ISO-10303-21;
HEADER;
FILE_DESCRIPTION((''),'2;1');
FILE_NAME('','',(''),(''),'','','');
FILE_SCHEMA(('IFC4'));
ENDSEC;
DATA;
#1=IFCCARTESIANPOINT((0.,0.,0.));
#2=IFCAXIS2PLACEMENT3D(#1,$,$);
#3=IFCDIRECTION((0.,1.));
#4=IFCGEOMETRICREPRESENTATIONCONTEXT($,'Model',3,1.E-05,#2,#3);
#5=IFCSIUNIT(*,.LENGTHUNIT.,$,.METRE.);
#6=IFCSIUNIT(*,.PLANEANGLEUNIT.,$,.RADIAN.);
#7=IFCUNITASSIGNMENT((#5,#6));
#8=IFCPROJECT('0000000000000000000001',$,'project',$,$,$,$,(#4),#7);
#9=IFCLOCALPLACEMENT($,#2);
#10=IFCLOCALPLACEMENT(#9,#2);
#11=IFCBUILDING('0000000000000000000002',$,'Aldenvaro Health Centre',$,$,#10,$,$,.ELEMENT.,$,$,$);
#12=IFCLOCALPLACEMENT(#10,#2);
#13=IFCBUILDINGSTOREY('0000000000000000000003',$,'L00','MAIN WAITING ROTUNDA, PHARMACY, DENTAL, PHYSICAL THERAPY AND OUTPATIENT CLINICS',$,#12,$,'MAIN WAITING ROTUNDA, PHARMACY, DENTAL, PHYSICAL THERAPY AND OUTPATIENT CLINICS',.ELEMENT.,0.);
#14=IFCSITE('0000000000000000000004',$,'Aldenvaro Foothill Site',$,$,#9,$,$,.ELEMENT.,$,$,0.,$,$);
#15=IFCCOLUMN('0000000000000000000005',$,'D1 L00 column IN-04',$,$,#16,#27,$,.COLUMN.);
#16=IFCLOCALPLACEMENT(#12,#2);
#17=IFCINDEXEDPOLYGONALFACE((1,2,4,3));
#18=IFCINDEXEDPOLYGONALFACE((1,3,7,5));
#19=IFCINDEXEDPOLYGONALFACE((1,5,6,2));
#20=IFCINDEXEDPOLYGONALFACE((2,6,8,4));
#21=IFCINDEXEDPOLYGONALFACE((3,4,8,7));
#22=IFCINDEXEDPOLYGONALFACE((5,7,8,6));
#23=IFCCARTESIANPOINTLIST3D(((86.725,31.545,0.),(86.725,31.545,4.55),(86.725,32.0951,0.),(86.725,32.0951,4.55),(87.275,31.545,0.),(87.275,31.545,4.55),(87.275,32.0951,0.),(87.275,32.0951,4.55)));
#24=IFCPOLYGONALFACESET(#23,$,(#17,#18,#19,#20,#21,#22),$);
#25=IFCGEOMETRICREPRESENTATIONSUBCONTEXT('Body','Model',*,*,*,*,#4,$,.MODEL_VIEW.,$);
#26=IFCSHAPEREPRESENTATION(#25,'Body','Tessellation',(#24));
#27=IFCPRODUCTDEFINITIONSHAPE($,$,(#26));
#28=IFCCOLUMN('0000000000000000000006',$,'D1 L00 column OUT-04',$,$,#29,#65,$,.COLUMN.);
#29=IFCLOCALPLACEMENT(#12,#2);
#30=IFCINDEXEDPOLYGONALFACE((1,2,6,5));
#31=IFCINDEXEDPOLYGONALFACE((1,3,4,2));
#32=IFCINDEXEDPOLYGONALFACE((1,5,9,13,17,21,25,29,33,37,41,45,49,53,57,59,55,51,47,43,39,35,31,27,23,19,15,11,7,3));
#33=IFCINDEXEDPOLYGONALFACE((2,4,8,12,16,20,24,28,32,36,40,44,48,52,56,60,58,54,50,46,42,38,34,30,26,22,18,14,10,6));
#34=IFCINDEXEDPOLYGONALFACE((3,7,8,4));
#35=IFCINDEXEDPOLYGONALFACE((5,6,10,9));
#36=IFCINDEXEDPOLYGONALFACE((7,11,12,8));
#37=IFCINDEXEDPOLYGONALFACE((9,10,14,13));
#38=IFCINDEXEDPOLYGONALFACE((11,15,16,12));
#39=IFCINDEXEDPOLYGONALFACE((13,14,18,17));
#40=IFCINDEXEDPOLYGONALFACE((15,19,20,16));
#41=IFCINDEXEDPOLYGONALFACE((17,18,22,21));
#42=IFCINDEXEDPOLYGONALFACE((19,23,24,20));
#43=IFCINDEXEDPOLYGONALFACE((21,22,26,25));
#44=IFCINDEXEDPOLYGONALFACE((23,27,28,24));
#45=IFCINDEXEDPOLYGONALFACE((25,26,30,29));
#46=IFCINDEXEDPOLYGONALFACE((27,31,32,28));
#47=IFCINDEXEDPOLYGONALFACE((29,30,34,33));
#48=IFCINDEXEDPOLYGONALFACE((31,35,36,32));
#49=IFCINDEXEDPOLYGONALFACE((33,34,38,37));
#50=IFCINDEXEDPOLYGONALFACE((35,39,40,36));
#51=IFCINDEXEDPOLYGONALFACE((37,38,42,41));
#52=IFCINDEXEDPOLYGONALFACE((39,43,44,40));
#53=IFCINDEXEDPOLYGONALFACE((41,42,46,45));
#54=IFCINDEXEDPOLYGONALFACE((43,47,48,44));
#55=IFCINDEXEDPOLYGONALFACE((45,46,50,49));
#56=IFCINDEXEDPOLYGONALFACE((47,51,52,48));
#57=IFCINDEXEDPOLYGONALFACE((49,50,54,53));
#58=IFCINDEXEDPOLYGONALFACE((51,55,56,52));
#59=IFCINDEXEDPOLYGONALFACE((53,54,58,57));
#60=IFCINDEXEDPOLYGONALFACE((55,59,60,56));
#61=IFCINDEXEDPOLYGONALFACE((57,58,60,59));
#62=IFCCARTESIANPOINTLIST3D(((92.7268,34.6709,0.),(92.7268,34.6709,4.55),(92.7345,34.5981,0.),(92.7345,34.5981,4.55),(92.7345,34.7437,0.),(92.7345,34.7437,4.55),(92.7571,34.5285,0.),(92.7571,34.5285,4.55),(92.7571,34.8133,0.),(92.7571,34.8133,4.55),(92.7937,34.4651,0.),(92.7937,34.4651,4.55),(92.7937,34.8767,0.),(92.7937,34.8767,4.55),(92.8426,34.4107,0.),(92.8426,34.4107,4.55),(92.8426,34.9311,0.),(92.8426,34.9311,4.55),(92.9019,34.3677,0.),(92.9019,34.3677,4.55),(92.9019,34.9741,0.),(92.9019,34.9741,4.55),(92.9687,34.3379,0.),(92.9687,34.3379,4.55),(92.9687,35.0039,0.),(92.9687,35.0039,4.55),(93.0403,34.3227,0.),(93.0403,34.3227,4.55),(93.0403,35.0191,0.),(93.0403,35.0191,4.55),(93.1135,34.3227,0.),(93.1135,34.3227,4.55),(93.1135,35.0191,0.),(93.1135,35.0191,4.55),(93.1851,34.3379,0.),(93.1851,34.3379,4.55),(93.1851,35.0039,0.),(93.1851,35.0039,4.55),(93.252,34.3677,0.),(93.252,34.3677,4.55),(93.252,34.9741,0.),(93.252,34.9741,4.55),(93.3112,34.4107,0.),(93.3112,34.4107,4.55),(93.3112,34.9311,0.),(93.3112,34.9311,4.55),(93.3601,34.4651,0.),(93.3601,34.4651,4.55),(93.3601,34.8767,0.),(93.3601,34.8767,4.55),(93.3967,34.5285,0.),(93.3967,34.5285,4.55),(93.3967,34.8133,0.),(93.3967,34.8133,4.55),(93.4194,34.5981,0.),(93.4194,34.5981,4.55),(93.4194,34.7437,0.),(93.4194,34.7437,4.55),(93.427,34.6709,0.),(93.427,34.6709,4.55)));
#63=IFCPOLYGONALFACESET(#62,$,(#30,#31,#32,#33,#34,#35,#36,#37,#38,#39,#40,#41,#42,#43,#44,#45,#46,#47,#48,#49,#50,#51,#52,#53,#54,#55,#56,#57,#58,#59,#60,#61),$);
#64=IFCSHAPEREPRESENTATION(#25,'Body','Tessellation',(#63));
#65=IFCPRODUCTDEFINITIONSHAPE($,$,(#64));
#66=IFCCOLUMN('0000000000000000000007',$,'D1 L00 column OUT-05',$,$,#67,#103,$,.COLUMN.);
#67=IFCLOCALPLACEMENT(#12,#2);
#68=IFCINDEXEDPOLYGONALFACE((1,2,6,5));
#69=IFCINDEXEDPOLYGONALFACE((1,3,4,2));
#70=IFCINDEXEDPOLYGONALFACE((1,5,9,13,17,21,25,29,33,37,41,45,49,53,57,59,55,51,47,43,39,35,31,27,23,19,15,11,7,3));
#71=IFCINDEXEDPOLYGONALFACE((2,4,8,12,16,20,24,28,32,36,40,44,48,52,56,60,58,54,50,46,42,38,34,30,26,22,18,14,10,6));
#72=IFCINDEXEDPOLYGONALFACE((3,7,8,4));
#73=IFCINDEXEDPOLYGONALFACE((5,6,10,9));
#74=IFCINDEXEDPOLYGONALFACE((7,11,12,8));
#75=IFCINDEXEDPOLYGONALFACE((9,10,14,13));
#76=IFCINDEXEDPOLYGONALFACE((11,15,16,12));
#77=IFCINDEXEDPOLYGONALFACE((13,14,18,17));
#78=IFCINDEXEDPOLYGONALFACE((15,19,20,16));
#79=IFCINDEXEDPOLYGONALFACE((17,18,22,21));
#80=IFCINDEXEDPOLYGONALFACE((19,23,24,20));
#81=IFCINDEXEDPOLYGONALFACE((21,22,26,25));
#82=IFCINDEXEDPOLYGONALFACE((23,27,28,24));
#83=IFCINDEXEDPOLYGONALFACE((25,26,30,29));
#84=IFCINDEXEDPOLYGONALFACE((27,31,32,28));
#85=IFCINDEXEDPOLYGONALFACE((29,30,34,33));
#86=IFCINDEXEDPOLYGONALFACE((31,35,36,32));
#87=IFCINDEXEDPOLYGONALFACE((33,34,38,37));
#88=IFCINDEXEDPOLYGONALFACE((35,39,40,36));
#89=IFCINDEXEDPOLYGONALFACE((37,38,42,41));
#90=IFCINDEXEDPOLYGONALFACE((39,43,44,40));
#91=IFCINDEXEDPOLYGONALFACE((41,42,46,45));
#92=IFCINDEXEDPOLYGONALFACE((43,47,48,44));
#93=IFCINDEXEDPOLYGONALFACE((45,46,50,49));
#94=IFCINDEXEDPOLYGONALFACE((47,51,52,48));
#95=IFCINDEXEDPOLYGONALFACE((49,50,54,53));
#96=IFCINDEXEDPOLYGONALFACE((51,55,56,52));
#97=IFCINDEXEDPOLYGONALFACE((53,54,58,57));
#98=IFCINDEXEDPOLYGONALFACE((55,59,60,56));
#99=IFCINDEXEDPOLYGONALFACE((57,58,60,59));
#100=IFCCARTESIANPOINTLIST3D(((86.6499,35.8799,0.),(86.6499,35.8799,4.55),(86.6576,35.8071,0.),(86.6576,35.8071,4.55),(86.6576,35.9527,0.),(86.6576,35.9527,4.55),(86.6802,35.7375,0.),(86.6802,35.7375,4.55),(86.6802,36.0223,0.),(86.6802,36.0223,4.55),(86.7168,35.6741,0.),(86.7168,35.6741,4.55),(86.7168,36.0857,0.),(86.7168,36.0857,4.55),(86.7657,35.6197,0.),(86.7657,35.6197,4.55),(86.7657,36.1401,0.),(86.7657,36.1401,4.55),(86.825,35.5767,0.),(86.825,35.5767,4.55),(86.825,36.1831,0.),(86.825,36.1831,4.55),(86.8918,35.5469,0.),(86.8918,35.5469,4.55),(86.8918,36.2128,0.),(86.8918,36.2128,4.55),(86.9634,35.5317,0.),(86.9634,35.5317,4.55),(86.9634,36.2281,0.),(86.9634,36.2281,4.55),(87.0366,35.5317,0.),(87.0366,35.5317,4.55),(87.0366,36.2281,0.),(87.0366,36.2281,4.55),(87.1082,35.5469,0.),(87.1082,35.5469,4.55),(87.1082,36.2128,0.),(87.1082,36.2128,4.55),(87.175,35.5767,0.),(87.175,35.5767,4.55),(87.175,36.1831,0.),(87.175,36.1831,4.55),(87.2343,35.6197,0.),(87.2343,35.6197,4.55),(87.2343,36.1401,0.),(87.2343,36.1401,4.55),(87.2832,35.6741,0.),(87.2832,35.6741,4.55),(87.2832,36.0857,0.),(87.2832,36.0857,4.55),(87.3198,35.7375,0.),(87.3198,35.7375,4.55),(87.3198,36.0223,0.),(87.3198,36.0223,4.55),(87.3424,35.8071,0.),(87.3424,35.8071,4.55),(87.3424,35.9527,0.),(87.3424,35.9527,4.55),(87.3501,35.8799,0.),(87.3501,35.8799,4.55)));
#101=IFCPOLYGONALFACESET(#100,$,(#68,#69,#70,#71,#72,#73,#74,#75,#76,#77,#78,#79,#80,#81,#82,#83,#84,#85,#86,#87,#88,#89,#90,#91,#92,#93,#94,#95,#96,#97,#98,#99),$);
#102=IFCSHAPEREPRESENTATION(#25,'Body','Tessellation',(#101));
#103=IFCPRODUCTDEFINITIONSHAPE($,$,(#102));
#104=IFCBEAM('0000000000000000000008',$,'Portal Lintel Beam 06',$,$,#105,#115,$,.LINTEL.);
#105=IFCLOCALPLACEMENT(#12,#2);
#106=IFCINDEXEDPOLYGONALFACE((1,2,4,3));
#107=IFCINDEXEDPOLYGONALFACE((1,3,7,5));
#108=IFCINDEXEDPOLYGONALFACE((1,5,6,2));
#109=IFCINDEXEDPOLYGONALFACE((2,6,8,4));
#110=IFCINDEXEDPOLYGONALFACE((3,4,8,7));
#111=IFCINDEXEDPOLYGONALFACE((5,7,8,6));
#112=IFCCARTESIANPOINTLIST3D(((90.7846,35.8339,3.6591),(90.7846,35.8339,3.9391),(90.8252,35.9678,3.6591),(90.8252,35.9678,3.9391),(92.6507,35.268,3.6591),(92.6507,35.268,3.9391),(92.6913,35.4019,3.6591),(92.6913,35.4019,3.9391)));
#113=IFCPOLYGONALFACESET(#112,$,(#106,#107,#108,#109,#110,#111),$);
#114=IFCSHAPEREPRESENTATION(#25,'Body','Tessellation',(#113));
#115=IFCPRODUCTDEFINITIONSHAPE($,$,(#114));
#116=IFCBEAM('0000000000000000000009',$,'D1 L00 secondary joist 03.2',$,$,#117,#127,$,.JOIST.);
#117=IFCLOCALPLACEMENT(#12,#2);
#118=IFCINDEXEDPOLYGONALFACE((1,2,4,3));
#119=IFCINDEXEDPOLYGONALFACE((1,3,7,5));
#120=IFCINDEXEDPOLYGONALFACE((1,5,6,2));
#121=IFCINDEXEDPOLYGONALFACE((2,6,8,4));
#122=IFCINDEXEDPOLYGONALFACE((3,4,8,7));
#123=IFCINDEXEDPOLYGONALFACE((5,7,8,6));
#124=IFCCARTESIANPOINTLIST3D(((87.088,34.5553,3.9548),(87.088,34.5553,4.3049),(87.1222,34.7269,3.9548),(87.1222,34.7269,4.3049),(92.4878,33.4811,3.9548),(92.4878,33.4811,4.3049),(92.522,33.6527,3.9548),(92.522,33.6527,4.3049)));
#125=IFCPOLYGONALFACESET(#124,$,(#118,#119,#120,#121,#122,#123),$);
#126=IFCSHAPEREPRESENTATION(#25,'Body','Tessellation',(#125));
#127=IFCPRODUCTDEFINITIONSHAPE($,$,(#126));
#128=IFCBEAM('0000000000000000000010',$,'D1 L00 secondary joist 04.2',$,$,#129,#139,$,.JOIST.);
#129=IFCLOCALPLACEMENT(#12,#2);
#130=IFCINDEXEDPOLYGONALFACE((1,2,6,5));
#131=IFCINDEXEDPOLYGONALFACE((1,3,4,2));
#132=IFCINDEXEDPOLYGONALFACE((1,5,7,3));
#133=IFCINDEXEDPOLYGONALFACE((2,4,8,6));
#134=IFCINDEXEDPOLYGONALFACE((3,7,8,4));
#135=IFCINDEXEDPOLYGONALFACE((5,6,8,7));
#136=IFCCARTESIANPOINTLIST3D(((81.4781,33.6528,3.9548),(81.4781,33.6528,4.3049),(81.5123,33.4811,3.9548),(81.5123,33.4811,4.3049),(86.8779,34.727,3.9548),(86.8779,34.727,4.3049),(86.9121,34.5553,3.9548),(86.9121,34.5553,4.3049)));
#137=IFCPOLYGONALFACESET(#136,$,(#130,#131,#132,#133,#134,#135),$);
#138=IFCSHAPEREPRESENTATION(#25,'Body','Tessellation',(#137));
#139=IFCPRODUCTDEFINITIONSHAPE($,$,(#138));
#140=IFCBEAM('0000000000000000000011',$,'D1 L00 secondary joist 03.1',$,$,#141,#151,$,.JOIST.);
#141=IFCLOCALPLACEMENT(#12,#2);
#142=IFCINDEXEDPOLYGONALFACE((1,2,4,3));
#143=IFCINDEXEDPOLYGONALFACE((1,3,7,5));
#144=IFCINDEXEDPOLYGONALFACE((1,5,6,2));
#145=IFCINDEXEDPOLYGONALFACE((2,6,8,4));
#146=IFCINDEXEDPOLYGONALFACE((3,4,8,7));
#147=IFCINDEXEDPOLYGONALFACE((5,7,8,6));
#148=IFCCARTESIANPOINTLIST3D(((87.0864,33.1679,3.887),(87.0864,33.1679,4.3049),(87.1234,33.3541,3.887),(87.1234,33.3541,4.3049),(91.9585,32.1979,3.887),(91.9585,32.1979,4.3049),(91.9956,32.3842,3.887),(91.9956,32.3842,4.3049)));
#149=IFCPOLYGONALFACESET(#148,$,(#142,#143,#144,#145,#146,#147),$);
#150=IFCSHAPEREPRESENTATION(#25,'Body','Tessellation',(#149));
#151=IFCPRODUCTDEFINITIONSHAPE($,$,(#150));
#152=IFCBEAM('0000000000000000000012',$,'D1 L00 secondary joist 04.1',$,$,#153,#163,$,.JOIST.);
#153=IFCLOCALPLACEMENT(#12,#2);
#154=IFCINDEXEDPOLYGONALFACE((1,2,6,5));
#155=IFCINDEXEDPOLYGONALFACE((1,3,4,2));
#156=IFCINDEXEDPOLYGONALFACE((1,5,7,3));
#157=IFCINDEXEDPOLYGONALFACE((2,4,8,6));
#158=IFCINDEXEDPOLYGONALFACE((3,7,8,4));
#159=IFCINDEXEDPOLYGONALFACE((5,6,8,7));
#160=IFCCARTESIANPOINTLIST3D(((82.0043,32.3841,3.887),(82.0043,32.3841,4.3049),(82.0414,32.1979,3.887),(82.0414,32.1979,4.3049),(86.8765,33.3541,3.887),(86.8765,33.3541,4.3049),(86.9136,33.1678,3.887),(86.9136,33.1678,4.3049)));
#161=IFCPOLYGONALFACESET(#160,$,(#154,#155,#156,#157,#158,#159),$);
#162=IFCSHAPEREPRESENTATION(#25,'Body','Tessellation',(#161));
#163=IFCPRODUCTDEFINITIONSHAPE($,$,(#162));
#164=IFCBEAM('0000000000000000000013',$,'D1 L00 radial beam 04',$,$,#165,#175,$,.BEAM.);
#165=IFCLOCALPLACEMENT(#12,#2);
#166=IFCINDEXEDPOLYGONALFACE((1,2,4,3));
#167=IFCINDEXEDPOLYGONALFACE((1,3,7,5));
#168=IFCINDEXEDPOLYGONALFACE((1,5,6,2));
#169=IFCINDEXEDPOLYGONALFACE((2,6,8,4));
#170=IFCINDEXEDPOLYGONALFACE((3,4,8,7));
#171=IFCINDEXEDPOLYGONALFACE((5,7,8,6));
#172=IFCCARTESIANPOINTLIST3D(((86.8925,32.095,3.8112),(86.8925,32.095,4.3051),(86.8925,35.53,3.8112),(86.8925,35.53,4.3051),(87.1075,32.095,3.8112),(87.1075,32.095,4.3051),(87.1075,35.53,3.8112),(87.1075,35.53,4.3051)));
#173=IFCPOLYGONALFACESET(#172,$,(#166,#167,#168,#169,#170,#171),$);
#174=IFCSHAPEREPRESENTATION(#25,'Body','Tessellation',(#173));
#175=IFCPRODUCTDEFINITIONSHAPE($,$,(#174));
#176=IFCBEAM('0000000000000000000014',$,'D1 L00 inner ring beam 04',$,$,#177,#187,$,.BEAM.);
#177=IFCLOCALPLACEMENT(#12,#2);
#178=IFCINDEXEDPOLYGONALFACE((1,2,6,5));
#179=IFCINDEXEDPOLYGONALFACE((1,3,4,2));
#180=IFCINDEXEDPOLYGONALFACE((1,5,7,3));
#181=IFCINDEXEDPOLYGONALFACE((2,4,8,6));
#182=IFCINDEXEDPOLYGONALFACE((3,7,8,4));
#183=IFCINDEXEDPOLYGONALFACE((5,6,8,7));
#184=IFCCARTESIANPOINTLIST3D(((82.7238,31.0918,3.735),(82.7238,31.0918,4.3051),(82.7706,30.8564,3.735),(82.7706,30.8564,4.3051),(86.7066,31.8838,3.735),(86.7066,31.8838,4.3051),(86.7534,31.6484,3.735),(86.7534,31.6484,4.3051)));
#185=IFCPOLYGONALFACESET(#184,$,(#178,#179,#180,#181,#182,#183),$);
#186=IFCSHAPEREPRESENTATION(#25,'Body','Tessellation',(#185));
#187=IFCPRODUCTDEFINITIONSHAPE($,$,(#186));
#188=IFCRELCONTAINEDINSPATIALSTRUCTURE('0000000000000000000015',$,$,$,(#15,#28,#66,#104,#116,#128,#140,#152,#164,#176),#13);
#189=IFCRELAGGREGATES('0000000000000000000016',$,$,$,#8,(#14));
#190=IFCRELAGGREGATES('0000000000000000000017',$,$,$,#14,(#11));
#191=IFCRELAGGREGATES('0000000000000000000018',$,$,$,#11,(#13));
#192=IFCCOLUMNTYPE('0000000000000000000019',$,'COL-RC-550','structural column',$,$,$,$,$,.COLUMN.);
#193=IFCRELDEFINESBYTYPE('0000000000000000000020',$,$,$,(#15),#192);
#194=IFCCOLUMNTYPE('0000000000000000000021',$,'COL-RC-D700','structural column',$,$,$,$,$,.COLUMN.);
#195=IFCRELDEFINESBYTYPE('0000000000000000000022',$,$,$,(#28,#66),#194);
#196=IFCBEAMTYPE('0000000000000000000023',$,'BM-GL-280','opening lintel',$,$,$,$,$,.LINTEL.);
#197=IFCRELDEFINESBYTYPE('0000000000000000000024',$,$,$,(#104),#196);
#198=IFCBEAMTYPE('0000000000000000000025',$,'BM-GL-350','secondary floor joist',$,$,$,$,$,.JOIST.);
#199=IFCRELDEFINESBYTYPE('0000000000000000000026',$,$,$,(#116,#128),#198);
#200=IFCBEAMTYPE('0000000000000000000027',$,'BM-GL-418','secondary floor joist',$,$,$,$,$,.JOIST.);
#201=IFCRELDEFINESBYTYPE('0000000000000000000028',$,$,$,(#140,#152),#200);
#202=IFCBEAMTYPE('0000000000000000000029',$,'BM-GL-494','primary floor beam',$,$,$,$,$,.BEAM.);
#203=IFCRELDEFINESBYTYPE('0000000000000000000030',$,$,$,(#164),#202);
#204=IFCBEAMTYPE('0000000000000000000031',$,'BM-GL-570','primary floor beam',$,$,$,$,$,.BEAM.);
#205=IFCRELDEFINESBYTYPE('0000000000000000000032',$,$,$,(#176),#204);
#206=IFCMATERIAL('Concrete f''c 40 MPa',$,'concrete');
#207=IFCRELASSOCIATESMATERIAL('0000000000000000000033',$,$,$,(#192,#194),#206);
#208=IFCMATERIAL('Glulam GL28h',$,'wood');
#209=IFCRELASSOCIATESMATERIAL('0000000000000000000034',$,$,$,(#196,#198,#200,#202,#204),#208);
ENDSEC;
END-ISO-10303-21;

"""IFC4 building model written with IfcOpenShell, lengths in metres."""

from ifc_helpers import new_model, si_unit, direction, frame, origin, origin_2d, place, context, subcontext, project, spatial, rectangle, circle, extrude, material, material_profile, profile_set, type_object, element, save


model = new_model("IFC4")

# Units and contexts
model_context = context("Model", 3, precision=1e-05, world=origin(), true_north=direction((0.0, 1.0)))
body_context = subcontext(model_context, "Body", "Model", "MODEL_VIEW")
ifc_project = project(units=[si_unit("LENGTHUNIT", "METRE"), si_unit("PLANEANGLEUNIT", "RADIAN")], contexts=[model_context])

# Site, building, storey
site_placement = place(None, origin())
site = spatial("IfcSite", under=ifc_project, at=site_placement, Name="Aldenvaro Foothill Site", CompositionType="ELEMENT", RefElevation=0.0)
building_placement = place(site_placement, origin())
building = spatial("IfcBuilding", under=site, at=building_placement, Name="Aldenvaro Health Centre", CompositionType="ELEMENT")
storey_placement = place(building_placement, origin())
storey = spatial("IfcBuildingStorey", under=building, at=storey_placement, Name="L00", Description="MAIN WAITING ROTUNDA, PHARMACY, DENTAL, PHYSICAL THERAPY AND OUTPATIENT CLINICS", LongName="MAIN WAITING ROTUNDA, PHARMACY, DENTAL, PHYSICAL THERAPY AND OUTPATIENT CLINICS", CompositionType="ELEMENT", Elevation=0.0)

# Columns
ifc_material_1 = material(Name="Concrete f'c 40 MPa", Category="concrete")
ifc_material_profile_1 = material_profile(ifc_material_1, rectangle(XDim=0.55, YDim=0.55, at=origin_2d()), Name="RC 550x550", Category="concrete")
ifc_profile_set_1 = profile_set([ifc_material_profile_1], Name="Concrete f'c 40 MPa")
column_type_1 = type_object("IfcColumnType", Name="COL-RC-550", Description="structural column", PredefinedType="COLUMN", material=ifc_profile_set_1)
column_placement = place(storey_placement, frame((87.0, 31.8201, 0.0), z_axis=(0.0, 0.0, 1.0), x_axis=(1.0, 0.0, 0.0)))
element("IfcColumn", 1, at=column_placement, inside=storey, type_object=column_type_1, Name="D1 L00 column IN-04", PredefinedType="COLUMN", context=body_context, shape_type="SweptSolid", body=[
    extrude(rectangle(XDim=0.55, YDim=0.55, at=origin_2d()), origin(), (0.0, 0.0, 1.0), 4.55),
])
ifc_material_profile_2 = material_profile(ifc_material_1, circle(Radius=0.3501, at=origin_2d()), Name="RC D700", Category="concrete")
ifc_profile_set_2 = profile_set([ifc_material_profile_2], Name="Concrete f'c 40 MPa")
column_type_2 = type_object("IfcColumnType", Name="COL-RC-D700", Description="structural column", PredefinedType="COLUMN", material=ifc_profile_set_2)
for number, where, z_axis, x_axis, name in (
    (2, (93.0769, 34.6709, 0.0), (0.0, 0.0, 1.0), (1.0, 0.0, 0.0), "D1 L00 column OUT-04"),
    (3, (87.0, 35.8799, 0.0), (0.0, 0.0, 1.0), (1.0, 0.0, 0.0), "D1 L00 column OUT-05"),
):
    element("IfcColumn", number, at=place(storey_placement, frame(where, z_axis=z_axis, x_axis=x_axis)), inside=storey, type_object=column_type_2, Name=name, PredefinedType="COLUMN", context=body_context, shape_type="SweptSolid", body=[
        extrude(circle(Radius=0.3501, at=origin_2d()), origin(), (0.0, 0.0, 1.0), 4.55),
    ])

# Beams
ifc_material_2 = material(Name="Glulam GL28h", Category="wood")
ifc_material_profile_3 = material_profile(ifc_material_2, rectangle(XDim=0.1399, YDim=0.28, at=origin_2d()), Name="GL 140x280", Category="wood")
ifc_profile_set_3 = profile_set([ifc_material_profile_3], Name="Glulam GL28h")
beam_type_1 = type_object("IfcBeamType", Name="BM-GL-280", Description="opening lintel", PredefinedType="LINTEL", material=ifc_profile_set_3)
beam_1_placement = place(storey_placement, frame((90.8049, 35.9009, 3.7991), z_axis=(0.956957, -0.29023, 0.0), x_axis=(0.29023, 0.956957, 0.0)))
element("IfcBeam", 4, at=beam_1_placement, inside=storey, type_object=beam_type_1, Name="Portal Lintel Beam 06", PredefinedType="LINTEL", context=body_context, shape_type="SweptSolid", body=[
    extrude(rectangle(XDim=0.1399, YDim=0.28, at=origin_2d()), origin(), (0.0, 0.0, 1.0), 1.95),
])
ifc_material_profile_4 = material_profile(ifc_material_2, rectangle(XDim=0.175, YDim=0.3501, at=origin_2d()), Name="GL 175x350", Category="wood")
ifc_profile_set_4 = profile_set([ifc_material_profile_4], Name="Glulam GL28h")
beam_type_2 = type_object("IfcBeamType", Name="BM-GL-350", Description="secondary floor joist", PredefinedType="JOIST", material=ifc_profile_set_4)
for number, where, z_axis, x_axis, name in (
    (5, (92.5049, 33.5669, 4.1299), (-0.980781, 0.19511, 0.0), (-0.19511, -0.980781, 0.0), "D1 L00 secondary joist 03.2"),
    (6, (86.895, 34.6411, 4.1299), (-0.980781, -0.19511, 0.0), (0.19511, -0.980781, 0.0), "D1 L00 secondary joist 04.2"),
):
    element("IfcBeam", number, at=place(storey_placement, frame(where, z_axis=z_axis, x_axis=x_axis)), inside=storey, type_object=beam_type_2, Name=name, PredefinedType="JOIST", context=body_context, shape_type="SweptSolid", body=[
        extrude(rectangle(XDim=0.175, YDim=0.3501, at=origin_2d()), origin(), (0.0, 0.0, 1.0), 5.5056),
    ])
ifc_material_profile_5 = material_profile(ifc_material_2, rectangle(XDim=0.1899, YDim=0.418, at=origin_2d()), Name="GL 190x418", Category="wood")
ifc_profile_set_5 = profile_set([ifc_material_profile_5], Name="Glulam GL28h")
beam_type_3 = type_object("IfcBeamType", Name="BM-GL-418", Description="secondary floor joist", PredefinedType="JOIST", material=ifc_profile_set_5)
for number, where, z_axis, x_axis, name in (
    (7, (91.9771, 32.291, 4.0959), (-0.980752, 0.195256, 0.0), (-0.195256, -0.980752, 0.0), "D1 L00 secondary joist 03.1"),
    (8, (86.895, 33.261, 4.0959), (-0.980752, -0.195256, 0.0), (0.195256, -0.980752, 0.0), "D1 L00 secondary joist 04.1"),
):
    element("IfcBeam", number, at=place(storey_placement, frame(where, z_axis=z_axis, x_axis=x_axis)), inside=storey, type_object=beam_type_3, Name=name, PredefinedType="JOIST", context=body_context, shape_type="SweptSolid", body=[
        extrude(rectangle(XDim=0.1899, YDim=0.418, at=origin_2d()), origin(), (0.0, 0.0, 1.0), 4.9678),
    ])
ifc_material_profile_6 = material_profile(ifc_material_2, rectangle(XDim=0.2151, YDim=0.4939, at=origin_2d()), Name="GL 215x494", Category="wood")
ifc_profile_set_6 = profile_set([ifc_material_profile_6], Name="Glulam GL28h")
beam_type_4 = type_object("IfcBeamType", Name="BM-GL-494", Description="primary floor beam", PredefinedType="BEAM", material=ifc_profile_set_6)
beam_2_placement = place(storey_placement, frame((87.0, 32.095, 4.0581), z_axis=(0.0, 1.0, 0.0), x_axis=(-1.0, 0.0, 0.0)))
element("IfcBeam", 9, at=beam_2_placement, inside=storey, type_object=beam_type_4, Name="D1 L00 radial beam 04", PredefinedType="BEAM", context=body_context, shape_type="SweptSolid", body=[
    extrude(rectangle(XDim=0.2151, YDim=0.4939, at=origin_2d()), origin(), (0.0, 0.0, 1.0), 3.4351),
])
ifc_material_profile_7 = material_profile(ifc_material_2, rectangle(XDim=0.24, YDim=0.5701, at=origin_2d()), Name="GL 240x570", Category="wood")
ifc_profile_set_7 = profile_set([ifc_material_profile_7], Name="Glulam GL28h")
beam_type_5 = type_object("IfcBeamType", Name="BM-GL-570", Description="primary floor beam", PredefinedType="BEAM", material=ifc_profile_set_7)
beam_3_placement = place(storey_placement, frame((86.73, 31.7661, 4.02), z_axis=(-0.980797, -0.195029, 0.0), x_axis=(0.195029, -0.980797, 0.0)))
element("IfcBeam", 10, at=beam_3_placement, inside=storey, type_object=beam_type_5, Name="D1 L00 inner ring beam 04", PredefinedType="BEAM", context=body_context, shape_type="SweptSolid", body=[
    extrude(rectangle(XDim=0.24, YDim=0.5701, at=origin_2d()), origin(), (0.0, 0.0, 1.0), 4.0608),
])

save(model, "model.ifc")
